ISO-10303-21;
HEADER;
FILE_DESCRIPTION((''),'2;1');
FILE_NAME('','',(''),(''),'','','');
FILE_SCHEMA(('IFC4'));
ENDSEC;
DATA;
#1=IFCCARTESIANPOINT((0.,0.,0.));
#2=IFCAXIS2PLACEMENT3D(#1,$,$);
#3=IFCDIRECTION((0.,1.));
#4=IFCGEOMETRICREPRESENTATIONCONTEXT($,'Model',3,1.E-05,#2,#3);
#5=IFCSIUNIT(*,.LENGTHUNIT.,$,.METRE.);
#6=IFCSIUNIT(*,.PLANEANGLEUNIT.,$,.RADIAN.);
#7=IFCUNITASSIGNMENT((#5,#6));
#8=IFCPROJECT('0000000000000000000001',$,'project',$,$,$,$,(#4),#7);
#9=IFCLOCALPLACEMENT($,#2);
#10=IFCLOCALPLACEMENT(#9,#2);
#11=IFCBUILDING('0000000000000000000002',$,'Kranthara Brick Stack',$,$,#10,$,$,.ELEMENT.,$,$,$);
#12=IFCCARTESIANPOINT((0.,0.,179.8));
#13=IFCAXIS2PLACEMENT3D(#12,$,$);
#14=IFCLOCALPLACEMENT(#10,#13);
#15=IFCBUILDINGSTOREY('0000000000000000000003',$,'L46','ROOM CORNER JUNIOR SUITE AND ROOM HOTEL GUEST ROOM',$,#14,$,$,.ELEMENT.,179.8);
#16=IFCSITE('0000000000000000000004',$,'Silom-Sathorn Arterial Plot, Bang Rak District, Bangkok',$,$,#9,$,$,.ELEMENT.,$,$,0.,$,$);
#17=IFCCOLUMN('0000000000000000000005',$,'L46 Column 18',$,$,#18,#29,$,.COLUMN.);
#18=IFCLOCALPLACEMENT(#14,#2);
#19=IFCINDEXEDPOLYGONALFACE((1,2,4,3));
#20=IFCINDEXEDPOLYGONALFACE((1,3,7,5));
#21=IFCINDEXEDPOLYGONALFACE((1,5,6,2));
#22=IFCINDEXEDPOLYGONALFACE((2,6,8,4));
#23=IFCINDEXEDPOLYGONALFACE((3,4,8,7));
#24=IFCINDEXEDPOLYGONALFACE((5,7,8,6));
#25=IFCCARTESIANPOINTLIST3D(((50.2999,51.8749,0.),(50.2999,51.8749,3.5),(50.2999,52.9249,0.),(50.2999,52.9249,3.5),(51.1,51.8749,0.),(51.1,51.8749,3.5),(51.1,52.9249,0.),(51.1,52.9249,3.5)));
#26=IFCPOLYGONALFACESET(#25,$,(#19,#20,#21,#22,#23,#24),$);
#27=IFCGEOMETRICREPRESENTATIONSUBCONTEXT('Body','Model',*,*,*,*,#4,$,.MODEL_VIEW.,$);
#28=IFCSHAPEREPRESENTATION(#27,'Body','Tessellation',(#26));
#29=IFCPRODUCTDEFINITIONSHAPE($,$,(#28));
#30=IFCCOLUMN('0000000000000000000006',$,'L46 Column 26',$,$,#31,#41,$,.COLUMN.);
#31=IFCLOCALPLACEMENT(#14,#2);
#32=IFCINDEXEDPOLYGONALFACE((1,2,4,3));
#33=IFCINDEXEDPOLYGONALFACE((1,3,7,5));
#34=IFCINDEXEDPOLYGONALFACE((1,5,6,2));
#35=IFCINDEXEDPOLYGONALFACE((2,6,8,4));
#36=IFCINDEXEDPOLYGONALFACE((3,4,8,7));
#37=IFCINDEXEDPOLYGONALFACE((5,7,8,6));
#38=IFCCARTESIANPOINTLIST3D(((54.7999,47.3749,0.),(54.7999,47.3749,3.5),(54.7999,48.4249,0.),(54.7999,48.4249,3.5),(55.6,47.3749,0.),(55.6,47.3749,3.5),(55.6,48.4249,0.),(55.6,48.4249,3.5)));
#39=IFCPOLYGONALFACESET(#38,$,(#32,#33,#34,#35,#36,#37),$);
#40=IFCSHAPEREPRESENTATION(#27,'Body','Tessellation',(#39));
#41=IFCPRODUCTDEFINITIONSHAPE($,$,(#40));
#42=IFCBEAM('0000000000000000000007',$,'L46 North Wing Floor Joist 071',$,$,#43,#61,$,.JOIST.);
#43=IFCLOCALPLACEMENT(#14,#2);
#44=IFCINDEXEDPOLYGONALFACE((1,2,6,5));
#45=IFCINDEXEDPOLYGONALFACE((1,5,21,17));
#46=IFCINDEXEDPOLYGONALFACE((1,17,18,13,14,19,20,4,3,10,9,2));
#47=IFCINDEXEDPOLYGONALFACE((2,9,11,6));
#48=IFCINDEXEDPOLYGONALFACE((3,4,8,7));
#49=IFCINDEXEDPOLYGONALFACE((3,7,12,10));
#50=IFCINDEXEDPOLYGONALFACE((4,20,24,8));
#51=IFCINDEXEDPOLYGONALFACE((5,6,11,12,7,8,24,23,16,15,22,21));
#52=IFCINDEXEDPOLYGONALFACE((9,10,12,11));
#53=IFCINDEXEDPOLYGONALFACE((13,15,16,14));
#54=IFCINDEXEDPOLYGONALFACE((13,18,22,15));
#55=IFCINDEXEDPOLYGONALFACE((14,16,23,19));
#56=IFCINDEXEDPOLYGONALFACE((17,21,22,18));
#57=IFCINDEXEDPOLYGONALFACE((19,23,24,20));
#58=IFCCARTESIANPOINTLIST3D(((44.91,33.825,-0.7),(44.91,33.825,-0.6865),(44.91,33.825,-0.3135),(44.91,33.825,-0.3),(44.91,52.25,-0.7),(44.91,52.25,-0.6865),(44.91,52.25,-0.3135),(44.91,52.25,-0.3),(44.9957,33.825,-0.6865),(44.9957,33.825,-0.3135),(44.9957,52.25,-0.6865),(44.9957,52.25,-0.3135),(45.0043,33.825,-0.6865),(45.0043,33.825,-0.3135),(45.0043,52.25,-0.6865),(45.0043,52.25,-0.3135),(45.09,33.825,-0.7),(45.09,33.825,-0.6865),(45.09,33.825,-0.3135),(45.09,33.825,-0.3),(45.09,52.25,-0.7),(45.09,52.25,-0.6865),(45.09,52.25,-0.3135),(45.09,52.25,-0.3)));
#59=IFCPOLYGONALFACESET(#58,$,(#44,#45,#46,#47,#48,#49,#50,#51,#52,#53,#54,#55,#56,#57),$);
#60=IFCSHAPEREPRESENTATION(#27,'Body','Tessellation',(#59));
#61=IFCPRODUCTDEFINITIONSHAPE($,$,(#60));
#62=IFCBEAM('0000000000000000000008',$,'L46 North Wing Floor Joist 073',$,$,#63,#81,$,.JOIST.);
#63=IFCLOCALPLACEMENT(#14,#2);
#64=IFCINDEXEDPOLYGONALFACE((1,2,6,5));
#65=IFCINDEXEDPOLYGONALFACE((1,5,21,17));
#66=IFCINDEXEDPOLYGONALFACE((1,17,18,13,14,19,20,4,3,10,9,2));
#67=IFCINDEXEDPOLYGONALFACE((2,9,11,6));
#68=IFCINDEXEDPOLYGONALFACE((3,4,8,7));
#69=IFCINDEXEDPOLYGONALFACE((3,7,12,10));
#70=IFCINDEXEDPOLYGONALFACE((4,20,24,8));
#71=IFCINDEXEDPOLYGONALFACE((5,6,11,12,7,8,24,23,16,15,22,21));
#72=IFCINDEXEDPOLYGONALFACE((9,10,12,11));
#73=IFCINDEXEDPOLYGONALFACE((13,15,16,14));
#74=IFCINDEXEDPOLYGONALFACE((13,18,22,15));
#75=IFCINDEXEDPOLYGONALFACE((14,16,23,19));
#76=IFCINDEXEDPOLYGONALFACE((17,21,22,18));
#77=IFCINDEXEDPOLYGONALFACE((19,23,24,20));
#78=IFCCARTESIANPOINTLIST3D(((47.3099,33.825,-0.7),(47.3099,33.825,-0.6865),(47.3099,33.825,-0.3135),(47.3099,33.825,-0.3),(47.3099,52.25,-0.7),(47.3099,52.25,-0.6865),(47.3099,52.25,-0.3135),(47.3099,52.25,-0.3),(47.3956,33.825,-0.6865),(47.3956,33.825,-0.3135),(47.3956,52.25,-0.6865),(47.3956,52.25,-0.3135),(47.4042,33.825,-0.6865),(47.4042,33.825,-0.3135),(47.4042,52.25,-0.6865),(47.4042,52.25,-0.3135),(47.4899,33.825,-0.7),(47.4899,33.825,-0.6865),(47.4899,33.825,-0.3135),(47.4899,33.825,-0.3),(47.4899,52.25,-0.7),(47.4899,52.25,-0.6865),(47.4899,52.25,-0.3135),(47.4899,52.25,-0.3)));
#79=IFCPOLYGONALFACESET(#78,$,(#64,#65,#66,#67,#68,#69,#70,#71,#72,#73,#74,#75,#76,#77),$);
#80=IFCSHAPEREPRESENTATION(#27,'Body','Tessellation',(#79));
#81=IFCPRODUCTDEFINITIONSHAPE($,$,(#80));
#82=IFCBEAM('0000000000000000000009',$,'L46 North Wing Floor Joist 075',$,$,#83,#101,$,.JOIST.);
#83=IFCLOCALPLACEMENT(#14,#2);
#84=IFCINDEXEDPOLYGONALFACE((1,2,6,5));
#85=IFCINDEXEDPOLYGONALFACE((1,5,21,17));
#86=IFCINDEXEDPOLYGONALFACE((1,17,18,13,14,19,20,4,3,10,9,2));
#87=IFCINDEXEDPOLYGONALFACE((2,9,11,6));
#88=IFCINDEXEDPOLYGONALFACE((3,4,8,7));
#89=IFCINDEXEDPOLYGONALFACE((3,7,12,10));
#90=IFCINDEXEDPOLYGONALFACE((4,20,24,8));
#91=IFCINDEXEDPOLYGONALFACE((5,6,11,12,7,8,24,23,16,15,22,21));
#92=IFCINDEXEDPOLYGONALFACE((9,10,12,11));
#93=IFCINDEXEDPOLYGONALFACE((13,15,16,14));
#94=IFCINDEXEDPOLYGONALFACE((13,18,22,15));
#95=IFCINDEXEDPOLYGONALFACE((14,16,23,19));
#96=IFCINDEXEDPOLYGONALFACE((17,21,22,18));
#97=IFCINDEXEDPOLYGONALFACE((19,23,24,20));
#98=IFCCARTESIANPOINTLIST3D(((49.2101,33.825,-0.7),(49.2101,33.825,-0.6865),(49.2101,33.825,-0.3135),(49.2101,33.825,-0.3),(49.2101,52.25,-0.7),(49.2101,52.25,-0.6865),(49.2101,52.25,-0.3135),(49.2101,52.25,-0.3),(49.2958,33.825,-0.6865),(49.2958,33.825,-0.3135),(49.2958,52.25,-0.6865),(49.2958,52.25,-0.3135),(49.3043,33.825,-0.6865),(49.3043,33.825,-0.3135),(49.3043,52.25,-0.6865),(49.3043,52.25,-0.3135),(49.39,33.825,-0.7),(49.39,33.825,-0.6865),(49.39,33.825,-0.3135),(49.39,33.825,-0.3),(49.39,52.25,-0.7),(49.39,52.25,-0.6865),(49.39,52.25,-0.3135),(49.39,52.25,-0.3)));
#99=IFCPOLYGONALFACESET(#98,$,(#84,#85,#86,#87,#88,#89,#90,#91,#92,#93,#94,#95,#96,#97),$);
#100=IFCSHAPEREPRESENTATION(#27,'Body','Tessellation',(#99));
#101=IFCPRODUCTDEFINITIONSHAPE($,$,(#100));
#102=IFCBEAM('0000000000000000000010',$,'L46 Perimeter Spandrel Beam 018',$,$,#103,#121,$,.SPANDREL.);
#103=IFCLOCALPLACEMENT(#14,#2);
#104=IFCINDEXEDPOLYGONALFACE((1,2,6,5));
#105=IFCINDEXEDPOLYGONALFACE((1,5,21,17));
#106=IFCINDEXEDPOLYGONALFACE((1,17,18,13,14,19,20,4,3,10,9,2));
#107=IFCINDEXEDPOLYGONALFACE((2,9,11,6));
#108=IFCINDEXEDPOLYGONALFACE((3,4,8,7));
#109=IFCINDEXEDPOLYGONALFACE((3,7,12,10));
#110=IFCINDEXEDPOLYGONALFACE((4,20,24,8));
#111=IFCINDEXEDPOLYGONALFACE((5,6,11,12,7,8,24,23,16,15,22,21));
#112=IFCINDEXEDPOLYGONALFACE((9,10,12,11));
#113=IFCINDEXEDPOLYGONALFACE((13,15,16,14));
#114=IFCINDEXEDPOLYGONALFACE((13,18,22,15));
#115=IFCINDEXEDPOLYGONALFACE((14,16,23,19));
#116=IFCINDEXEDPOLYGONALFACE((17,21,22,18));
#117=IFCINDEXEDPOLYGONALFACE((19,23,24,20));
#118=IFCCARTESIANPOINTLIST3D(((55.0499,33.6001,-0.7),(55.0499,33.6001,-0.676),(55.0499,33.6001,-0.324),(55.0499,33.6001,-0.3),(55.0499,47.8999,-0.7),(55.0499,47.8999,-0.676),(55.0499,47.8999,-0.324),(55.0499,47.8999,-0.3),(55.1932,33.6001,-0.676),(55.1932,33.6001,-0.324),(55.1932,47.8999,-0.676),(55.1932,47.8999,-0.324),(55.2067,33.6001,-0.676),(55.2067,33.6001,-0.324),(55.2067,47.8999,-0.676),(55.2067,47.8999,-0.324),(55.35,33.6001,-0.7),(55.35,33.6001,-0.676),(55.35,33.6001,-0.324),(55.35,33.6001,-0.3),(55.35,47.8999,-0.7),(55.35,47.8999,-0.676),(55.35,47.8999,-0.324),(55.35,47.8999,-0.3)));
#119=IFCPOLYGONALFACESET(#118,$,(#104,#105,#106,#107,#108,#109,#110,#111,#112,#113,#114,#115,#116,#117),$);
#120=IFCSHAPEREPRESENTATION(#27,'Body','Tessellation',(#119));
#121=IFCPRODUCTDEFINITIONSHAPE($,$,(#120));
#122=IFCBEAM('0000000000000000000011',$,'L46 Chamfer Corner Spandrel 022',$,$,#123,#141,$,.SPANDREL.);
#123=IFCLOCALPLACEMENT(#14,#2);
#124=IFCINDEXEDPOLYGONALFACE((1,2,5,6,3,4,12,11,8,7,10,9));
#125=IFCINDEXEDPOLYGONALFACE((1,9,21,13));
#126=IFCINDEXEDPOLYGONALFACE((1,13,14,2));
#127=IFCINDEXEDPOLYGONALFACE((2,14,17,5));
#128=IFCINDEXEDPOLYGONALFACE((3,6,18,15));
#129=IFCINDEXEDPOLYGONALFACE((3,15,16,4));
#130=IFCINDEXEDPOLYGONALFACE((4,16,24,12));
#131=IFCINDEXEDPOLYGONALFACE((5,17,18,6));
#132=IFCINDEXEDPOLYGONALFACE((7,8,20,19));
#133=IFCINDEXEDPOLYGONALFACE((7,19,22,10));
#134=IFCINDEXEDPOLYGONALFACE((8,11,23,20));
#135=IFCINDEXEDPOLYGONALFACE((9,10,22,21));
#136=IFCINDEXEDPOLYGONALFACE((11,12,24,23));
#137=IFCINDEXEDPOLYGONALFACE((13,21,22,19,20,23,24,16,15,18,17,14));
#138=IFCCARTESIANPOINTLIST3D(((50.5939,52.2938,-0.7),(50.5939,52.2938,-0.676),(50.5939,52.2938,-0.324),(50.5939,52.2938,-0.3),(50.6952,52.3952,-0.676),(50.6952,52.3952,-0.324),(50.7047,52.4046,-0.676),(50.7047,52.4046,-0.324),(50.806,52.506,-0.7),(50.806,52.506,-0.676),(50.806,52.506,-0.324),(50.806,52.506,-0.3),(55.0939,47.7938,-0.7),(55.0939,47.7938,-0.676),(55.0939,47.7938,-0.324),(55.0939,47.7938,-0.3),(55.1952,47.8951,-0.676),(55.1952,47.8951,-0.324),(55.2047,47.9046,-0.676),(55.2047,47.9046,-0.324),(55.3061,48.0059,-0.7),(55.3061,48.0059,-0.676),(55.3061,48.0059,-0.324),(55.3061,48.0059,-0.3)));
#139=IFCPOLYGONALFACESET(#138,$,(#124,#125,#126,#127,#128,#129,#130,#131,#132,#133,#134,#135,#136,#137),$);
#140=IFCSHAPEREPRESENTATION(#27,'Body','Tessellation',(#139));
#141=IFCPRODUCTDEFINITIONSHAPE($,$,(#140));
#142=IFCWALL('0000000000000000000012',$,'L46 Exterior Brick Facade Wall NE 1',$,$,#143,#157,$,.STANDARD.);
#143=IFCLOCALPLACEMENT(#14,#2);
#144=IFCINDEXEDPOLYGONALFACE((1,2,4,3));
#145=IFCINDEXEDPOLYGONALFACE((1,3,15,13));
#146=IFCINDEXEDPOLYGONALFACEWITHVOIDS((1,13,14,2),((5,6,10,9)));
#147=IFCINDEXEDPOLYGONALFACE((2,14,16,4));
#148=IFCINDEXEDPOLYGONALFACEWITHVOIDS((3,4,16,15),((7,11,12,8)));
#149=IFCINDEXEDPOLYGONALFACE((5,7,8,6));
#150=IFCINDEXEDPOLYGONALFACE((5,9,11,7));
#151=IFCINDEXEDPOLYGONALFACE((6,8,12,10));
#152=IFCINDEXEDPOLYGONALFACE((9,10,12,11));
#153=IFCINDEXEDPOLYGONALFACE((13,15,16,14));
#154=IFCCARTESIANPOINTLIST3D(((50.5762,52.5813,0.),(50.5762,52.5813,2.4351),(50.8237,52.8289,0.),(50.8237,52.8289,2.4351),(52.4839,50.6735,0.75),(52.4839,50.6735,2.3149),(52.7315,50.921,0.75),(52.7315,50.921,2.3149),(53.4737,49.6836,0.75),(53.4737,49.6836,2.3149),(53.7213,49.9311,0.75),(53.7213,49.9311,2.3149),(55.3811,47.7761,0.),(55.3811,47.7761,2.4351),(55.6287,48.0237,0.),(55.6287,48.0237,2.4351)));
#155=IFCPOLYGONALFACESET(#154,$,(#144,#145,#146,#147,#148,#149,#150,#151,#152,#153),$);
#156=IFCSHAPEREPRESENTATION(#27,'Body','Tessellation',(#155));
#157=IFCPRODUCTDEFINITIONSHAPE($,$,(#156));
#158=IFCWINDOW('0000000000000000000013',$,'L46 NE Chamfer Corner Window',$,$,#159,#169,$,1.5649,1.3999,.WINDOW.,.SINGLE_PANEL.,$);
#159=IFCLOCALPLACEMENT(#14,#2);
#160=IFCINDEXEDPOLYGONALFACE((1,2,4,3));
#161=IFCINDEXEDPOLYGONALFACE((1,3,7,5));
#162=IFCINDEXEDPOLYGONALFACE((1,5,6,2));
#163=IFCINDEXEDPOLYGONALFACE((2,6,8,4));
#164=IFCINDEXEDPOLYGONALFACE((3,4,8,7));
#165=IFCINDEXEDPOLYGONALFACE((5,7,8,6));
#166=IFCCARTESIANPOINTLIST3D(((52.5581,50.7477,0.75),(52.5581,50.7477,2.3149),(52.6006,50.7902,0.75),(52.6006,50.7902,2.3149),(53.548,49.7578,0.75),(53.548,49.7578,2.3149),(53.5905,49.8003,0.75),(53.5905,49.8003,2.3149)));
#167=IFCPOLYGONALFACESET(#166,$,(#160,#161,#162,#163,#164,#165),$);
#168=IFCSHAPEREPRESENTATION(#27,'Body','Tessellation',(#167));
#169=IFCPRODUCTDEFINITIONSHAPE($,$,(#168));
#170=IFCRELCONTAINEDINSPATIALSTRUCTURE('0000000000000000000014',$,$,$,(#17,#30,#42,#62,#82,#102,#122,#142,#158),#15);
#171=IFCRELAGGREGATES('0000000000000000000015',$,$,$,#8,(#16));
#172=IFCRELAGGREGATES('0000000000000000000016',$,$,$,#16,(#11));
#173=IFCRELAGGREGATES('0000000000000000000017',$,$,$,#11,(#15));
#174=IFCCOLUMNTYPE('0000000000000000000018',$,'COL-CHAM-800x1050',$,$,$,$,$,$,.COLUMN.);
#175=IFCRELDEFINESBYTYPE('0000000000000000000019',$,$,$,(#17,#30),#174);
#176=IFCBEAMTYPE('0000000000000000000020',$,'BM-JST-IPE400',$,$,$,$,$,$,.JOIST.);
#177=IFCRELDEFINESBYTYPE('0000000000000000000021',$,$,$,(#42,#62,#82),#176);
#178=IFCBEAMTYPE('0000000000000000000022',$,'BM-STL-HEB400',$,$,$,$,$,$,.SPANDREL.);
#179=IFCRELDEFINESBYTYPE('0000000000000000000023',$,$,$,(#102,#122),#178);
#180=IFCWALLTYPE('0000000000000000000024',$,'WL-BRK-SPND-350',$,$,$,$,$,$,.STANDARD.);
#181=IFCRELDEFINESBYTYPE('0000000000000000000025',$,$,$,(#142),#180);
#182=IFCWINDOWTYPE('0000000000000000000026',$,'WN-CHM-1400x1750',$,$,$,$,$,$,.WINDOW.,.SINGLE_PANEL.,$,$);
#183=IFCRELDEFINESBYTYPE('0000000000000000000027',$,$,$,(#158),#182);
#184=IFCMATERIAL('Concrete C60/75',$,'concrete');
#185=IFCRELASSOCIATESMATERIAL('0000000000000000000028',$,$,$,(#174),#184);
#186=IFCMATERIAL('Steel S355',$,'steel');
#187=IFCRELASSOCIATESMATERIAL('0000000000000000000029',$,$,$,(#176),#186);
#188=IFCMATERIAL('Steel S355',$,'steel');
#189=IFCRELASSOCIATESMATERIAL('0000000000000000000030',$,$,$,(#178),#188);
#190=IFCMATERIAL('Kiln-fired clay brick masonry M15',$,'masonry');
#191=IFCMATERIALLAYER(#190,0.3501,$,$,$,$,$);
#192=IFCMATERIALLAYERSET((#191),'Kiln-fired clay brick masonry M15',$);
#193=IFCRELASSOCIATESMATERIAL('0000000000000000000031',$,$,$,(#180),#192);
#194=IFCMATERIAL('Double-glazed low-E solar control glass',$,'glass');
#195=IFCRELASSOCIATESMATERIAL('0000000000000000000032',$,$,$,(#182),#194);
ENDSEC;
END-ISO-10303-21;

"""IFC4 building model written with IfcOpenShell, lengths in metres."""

from ifc_helpers import new_model, si_unit, direction, frame, frame_2d, origin, origin_2d, place, context, subcontext, project, spatial, rectangle, i_section, extrude, material, layer, layer_set, material_profile, profile_set, type_object, element, fill, save


model = new_model("IFC4")

# Units and contexts
model_context = context("Model", 3, precision=1e-05, world=origin(), true_north=direction((0.0, 1.0)))
body_context = subcontext(model_context, "Body", "Model", "MODEL_VIEW")
ifc_project = project(units=[si_unit("LENGTHUNIT", "METRE"), si_unit("PLANEANGLEUNIT", "RADIAN")], contexts=[model_context])

# Site, building, storey
site_placement = place(None, origin())
site = spatial("IfcSite", under=ifc_project, at=site_placement, Name="Silom-Sathorn Arterial Plot, Bang Rak District, Bangkok", CompositionType="ELEMENT", RefElevation=0.0)
building_placement = place(site_placement, origin())
building = spatial("IfcBuilding", under=site, at=building_placement, Name="Kranthara Brick Stack", CompositionType="ELEMENT")
storey_placement = place(building_placement, frame((0.0, 0.0, 179.8)))
storey = spatial("IfcBuildingStorey", under=building, at=storey_placement, Name="L46", Description="ROOM CORNER JUNIOR SUITE AND ROOM HOTEL GUEST ROOM", CompositionType="ELEMENT", Elevation=179.8)

# Columns
ifc_material_1 = material(Name="Concrete C60/75", Category="concrete")
ifc_material_profile_1 = material_profile(ifc_material_1, rectangle(XDim=0.8, YDim=1.05, at=origin_2d()), Name="RC 800x1050")
ifc_profile_set_1 = profile_set([ifc_material_profile_1], Name="Concrete C60/75")
column_type = type_object("IfcColumnType", Name="COL-CHAM-800x1050", PredefinedType="COLUMN", material=ifc_profile_set_1)
for number, where, z_axis, x_axis, name in (
    (1, (50.7, 52.3999, 0.0), (0.0, 0.0, 1.0), (1.0, 0.0, 0.0), "L46 Column 18"),
    (2, (55.2, 47.8999, 0.0), (0.0, 0.0, 1.0), (1.0, 0.0, 0.0), "L46 Column 26"),
):
    element("IfcColumn", number, at=place(storey_placement, frame(where, z_axis=z_axis, x_axis=x_axis)), inside=storey, type_object=column_type, Name=name, PredefinedType="COLUMN", context=body_context, shape_type="SweptSolid", body=[
        extrude(rectangle(XDim=0.8, YDim=1.05, at=origin_2d()), origin(), (0.0, 0.0, 1.0), 3.5),
    ])

# Beams
ifc_material_2 = material(Name="Steel S355", Category="steel")
ifc_material_profile_2 = material_profile(ifc_material_2, i_section(OverallWidth=0.1799, OverallDepth=0.3999, WebThickness=0.0085, FlangeThickness=0.0134, at=origin_2d()), Name="IPE 400")
ifc_profile_set_2 = profile_set([ifc_material_profile_2], Name="Steel S355")
beam_type_1 = type_object("IfcBeamType", Name="BM-JST-IPE400", PredefinedType="JOIST", material=ifc_profile_set_2)
for number, where, z_axis, x_axis, name in (
    (3, (45.0, 33.825, -0.5), (0.0, 1.0, 0.0), (-1.0, 0.0, 0.0), "L46 North Wing Floor Joist 071"),
    (4, (47.3999, 33.825, -0.5), (0.0, 1.0, 0.0), (-1.0, 0.0, 0.0), "L46 North Wing Floor Joist 073"),
    (5, (49.3, 33.825, -0.5), (0.0, 1.0, 0.0), (-1.0, 0.0, 0.0), "L46 North Wing Floor Joist 075"),
):
    element("IfcBeam", number, at=place(storey_placement, frame(where, z_axis=z_axis, x_axis=x_axis)), inside=storey, type_object=beam_type_1, Name=name, PredefinedType="JOIST", context=body_context, shape_type="SweptSolid", body=[
        extrude(i_section(OverallWidth=0.1799, OverallDepth=0.3999, WebThickness=0.0085, FlangeThickness=0.0134, at=origin_2d()), origin(), (0.0, 0.0, 1.0), 18.425),
    ])
ifc_material_3 = material(Name="Steel S355", Category="steel")
ifc_material_profile_3 = material_profile(ifc_material_3, i_section(OverallWidth=0.3, OverallDepth=0.3999, WebThickness=0.0134, FlangeThickness=0.0239, at=origin_2d()), Name="HEB 400")
ifc_profile_set_3 = profile_set([ifc_material_profile_3], Name="Steel S355")
beam_type_2 = type_object("IfcBeamType", Name="BM-STL-HEB400", PredefinedType="SPANDREL", material=ifc_profile_set_3)
beam_1_placement = place(storey_placement, frame((55.2, 33.6001, -0.5), z_axis=(0.0, 1.0, 0.0), x_axis=(-1.0, 0.0, 0.0)))
element("IfcBeam", 6, at=beam_1_placement, inside=storey, type_object=beam_type_2, Name="L46 Perimeter Spandrel Beam 018", PredefinedType="SPANDREL", context=body_context, shape_type="SweptSolid", body=[
    extrude(i_section(OverallWidth=0.3, OverallDepth=0.3999, WebThickness=0.0134, FlangeThickness=0.0239, at=origin_2d()), origin(), (0.0, 0.0, 1.0), 14.2998),
])
beam_2_placement = place(storey_placement, frame((50.7, 52.3999, -0.5), z_axis=(0.707107, -0.707107, 0.0), x_axis=(0.707107, 0.707107, 0.0)))
element("IfcBeam", 7, at=beam_2_placement, inside=storey, type_object=beam_type_2, Name="L46 Chamfer Corner Spandrel 022", PredefinedType="SPANDREL", context=body_context, shape_type="SweptSolid", body=[
    extrude(i_section(OverallWidth=0.3, OverallDepth=0.3999, WebThickness=0.0134, FlangeThickness=0.0239, at=origin_2d()), origin(), (0.0, 0.0, 1.0), 6.364),
])

# Wall, opening, window
ifc_material_4 = material(Name="Kiln-fired clay brick masonry M15", Category="masonry")
ifc_layer_1 = layer(ifc_material_4, 0.3501)
ifc_layer_set_1 = layer_set([ifc_layer_1], Name="Kiln-fired clay brick masonry M15")
wall_type_1 = type_object("IfcWallType", Name="WL-BRK-SPND-350", PredefinedType="STANDARD", material=ifc_layer_set_1)
wall_1_placement = place(storey_placement, frame((50.7, 52.7051, 0.0), z_axis=(0.0, 0.0, 1.0), x_axis=(0.707089, -0.707125, 0.0)))
wall_1 = element("IfcWall", 8, at=wall_1_placement, inside=storey, type_object=wall_type_1, Name="L46 Exterior Brick Facade Wall NE 1", PredefinedType="STANDARD", context=body_context, shape_type="SweptSolid", body=[
    extrude(rectangle(XDim=6.7954, YDim=0.3501, at=frame_2d((3.3977, 0.0))), origin(), (0.0, 0.0, 1.0), 2.4351),
])
opening_1_placement = place(wall_1_placement, frame((2.698, 0.0, 0.75)))
opening_1 = element("IfcOpeningElement", 9, at=opening_1_placement, cuts=wall_1, PredefinedType="OPENING", context=body_context, shape_type="SweptSolid", body=[
    extrude(rectangle(XDim=1.3999, YDim=1.5649, at=frame_2d((0.7, 0.7825))), frame((0.0, 0.1851, 0.0), z_axis=(0.0, -1.0, 0.0), x_axis=(1.0, 0.0, 0.0)), (0.0, 0.0, 1.0), 0.3701),
])
ifc_material_5 = material(Name="Double-glazed low-E solar control glass", Category="glass")
window_type_1 = type_object("IfcWindowType", Name="WN-CHM-1400x1750", PartitioningType="SINGLE_PANEL", PredefinedType="WINDOW", material=ifc_material_5)
window_1_placement = place(opening_1_placement, origin())
window_1 = element("IfcWindow", 10, at=window_1_placement, inside=storey, type_object=window_type_1, Name="L46 NE Chamfer Corner Window", OverallHeight=1.5649, OverallWidth=1.3999, PartitioningType="SINGLE_PANEL", PredefinedType="WINDOW", context=body_context, shape_type="SweptSolid", body=[
    extrude(rectangle(XDim=1.3999, YDim=1.5649, at=frame_2d((0.7, 0.7825))), frame((0.0, -0.01, 0.0), z_axis=(0.0, -1.0, 0.0), x_axis=(1.0, 0.0, 0.0)), (0.0, 0.0, 1.0), 0.0601),
])
fill(opening_1, window_1)

save(model, "model.ifc")
